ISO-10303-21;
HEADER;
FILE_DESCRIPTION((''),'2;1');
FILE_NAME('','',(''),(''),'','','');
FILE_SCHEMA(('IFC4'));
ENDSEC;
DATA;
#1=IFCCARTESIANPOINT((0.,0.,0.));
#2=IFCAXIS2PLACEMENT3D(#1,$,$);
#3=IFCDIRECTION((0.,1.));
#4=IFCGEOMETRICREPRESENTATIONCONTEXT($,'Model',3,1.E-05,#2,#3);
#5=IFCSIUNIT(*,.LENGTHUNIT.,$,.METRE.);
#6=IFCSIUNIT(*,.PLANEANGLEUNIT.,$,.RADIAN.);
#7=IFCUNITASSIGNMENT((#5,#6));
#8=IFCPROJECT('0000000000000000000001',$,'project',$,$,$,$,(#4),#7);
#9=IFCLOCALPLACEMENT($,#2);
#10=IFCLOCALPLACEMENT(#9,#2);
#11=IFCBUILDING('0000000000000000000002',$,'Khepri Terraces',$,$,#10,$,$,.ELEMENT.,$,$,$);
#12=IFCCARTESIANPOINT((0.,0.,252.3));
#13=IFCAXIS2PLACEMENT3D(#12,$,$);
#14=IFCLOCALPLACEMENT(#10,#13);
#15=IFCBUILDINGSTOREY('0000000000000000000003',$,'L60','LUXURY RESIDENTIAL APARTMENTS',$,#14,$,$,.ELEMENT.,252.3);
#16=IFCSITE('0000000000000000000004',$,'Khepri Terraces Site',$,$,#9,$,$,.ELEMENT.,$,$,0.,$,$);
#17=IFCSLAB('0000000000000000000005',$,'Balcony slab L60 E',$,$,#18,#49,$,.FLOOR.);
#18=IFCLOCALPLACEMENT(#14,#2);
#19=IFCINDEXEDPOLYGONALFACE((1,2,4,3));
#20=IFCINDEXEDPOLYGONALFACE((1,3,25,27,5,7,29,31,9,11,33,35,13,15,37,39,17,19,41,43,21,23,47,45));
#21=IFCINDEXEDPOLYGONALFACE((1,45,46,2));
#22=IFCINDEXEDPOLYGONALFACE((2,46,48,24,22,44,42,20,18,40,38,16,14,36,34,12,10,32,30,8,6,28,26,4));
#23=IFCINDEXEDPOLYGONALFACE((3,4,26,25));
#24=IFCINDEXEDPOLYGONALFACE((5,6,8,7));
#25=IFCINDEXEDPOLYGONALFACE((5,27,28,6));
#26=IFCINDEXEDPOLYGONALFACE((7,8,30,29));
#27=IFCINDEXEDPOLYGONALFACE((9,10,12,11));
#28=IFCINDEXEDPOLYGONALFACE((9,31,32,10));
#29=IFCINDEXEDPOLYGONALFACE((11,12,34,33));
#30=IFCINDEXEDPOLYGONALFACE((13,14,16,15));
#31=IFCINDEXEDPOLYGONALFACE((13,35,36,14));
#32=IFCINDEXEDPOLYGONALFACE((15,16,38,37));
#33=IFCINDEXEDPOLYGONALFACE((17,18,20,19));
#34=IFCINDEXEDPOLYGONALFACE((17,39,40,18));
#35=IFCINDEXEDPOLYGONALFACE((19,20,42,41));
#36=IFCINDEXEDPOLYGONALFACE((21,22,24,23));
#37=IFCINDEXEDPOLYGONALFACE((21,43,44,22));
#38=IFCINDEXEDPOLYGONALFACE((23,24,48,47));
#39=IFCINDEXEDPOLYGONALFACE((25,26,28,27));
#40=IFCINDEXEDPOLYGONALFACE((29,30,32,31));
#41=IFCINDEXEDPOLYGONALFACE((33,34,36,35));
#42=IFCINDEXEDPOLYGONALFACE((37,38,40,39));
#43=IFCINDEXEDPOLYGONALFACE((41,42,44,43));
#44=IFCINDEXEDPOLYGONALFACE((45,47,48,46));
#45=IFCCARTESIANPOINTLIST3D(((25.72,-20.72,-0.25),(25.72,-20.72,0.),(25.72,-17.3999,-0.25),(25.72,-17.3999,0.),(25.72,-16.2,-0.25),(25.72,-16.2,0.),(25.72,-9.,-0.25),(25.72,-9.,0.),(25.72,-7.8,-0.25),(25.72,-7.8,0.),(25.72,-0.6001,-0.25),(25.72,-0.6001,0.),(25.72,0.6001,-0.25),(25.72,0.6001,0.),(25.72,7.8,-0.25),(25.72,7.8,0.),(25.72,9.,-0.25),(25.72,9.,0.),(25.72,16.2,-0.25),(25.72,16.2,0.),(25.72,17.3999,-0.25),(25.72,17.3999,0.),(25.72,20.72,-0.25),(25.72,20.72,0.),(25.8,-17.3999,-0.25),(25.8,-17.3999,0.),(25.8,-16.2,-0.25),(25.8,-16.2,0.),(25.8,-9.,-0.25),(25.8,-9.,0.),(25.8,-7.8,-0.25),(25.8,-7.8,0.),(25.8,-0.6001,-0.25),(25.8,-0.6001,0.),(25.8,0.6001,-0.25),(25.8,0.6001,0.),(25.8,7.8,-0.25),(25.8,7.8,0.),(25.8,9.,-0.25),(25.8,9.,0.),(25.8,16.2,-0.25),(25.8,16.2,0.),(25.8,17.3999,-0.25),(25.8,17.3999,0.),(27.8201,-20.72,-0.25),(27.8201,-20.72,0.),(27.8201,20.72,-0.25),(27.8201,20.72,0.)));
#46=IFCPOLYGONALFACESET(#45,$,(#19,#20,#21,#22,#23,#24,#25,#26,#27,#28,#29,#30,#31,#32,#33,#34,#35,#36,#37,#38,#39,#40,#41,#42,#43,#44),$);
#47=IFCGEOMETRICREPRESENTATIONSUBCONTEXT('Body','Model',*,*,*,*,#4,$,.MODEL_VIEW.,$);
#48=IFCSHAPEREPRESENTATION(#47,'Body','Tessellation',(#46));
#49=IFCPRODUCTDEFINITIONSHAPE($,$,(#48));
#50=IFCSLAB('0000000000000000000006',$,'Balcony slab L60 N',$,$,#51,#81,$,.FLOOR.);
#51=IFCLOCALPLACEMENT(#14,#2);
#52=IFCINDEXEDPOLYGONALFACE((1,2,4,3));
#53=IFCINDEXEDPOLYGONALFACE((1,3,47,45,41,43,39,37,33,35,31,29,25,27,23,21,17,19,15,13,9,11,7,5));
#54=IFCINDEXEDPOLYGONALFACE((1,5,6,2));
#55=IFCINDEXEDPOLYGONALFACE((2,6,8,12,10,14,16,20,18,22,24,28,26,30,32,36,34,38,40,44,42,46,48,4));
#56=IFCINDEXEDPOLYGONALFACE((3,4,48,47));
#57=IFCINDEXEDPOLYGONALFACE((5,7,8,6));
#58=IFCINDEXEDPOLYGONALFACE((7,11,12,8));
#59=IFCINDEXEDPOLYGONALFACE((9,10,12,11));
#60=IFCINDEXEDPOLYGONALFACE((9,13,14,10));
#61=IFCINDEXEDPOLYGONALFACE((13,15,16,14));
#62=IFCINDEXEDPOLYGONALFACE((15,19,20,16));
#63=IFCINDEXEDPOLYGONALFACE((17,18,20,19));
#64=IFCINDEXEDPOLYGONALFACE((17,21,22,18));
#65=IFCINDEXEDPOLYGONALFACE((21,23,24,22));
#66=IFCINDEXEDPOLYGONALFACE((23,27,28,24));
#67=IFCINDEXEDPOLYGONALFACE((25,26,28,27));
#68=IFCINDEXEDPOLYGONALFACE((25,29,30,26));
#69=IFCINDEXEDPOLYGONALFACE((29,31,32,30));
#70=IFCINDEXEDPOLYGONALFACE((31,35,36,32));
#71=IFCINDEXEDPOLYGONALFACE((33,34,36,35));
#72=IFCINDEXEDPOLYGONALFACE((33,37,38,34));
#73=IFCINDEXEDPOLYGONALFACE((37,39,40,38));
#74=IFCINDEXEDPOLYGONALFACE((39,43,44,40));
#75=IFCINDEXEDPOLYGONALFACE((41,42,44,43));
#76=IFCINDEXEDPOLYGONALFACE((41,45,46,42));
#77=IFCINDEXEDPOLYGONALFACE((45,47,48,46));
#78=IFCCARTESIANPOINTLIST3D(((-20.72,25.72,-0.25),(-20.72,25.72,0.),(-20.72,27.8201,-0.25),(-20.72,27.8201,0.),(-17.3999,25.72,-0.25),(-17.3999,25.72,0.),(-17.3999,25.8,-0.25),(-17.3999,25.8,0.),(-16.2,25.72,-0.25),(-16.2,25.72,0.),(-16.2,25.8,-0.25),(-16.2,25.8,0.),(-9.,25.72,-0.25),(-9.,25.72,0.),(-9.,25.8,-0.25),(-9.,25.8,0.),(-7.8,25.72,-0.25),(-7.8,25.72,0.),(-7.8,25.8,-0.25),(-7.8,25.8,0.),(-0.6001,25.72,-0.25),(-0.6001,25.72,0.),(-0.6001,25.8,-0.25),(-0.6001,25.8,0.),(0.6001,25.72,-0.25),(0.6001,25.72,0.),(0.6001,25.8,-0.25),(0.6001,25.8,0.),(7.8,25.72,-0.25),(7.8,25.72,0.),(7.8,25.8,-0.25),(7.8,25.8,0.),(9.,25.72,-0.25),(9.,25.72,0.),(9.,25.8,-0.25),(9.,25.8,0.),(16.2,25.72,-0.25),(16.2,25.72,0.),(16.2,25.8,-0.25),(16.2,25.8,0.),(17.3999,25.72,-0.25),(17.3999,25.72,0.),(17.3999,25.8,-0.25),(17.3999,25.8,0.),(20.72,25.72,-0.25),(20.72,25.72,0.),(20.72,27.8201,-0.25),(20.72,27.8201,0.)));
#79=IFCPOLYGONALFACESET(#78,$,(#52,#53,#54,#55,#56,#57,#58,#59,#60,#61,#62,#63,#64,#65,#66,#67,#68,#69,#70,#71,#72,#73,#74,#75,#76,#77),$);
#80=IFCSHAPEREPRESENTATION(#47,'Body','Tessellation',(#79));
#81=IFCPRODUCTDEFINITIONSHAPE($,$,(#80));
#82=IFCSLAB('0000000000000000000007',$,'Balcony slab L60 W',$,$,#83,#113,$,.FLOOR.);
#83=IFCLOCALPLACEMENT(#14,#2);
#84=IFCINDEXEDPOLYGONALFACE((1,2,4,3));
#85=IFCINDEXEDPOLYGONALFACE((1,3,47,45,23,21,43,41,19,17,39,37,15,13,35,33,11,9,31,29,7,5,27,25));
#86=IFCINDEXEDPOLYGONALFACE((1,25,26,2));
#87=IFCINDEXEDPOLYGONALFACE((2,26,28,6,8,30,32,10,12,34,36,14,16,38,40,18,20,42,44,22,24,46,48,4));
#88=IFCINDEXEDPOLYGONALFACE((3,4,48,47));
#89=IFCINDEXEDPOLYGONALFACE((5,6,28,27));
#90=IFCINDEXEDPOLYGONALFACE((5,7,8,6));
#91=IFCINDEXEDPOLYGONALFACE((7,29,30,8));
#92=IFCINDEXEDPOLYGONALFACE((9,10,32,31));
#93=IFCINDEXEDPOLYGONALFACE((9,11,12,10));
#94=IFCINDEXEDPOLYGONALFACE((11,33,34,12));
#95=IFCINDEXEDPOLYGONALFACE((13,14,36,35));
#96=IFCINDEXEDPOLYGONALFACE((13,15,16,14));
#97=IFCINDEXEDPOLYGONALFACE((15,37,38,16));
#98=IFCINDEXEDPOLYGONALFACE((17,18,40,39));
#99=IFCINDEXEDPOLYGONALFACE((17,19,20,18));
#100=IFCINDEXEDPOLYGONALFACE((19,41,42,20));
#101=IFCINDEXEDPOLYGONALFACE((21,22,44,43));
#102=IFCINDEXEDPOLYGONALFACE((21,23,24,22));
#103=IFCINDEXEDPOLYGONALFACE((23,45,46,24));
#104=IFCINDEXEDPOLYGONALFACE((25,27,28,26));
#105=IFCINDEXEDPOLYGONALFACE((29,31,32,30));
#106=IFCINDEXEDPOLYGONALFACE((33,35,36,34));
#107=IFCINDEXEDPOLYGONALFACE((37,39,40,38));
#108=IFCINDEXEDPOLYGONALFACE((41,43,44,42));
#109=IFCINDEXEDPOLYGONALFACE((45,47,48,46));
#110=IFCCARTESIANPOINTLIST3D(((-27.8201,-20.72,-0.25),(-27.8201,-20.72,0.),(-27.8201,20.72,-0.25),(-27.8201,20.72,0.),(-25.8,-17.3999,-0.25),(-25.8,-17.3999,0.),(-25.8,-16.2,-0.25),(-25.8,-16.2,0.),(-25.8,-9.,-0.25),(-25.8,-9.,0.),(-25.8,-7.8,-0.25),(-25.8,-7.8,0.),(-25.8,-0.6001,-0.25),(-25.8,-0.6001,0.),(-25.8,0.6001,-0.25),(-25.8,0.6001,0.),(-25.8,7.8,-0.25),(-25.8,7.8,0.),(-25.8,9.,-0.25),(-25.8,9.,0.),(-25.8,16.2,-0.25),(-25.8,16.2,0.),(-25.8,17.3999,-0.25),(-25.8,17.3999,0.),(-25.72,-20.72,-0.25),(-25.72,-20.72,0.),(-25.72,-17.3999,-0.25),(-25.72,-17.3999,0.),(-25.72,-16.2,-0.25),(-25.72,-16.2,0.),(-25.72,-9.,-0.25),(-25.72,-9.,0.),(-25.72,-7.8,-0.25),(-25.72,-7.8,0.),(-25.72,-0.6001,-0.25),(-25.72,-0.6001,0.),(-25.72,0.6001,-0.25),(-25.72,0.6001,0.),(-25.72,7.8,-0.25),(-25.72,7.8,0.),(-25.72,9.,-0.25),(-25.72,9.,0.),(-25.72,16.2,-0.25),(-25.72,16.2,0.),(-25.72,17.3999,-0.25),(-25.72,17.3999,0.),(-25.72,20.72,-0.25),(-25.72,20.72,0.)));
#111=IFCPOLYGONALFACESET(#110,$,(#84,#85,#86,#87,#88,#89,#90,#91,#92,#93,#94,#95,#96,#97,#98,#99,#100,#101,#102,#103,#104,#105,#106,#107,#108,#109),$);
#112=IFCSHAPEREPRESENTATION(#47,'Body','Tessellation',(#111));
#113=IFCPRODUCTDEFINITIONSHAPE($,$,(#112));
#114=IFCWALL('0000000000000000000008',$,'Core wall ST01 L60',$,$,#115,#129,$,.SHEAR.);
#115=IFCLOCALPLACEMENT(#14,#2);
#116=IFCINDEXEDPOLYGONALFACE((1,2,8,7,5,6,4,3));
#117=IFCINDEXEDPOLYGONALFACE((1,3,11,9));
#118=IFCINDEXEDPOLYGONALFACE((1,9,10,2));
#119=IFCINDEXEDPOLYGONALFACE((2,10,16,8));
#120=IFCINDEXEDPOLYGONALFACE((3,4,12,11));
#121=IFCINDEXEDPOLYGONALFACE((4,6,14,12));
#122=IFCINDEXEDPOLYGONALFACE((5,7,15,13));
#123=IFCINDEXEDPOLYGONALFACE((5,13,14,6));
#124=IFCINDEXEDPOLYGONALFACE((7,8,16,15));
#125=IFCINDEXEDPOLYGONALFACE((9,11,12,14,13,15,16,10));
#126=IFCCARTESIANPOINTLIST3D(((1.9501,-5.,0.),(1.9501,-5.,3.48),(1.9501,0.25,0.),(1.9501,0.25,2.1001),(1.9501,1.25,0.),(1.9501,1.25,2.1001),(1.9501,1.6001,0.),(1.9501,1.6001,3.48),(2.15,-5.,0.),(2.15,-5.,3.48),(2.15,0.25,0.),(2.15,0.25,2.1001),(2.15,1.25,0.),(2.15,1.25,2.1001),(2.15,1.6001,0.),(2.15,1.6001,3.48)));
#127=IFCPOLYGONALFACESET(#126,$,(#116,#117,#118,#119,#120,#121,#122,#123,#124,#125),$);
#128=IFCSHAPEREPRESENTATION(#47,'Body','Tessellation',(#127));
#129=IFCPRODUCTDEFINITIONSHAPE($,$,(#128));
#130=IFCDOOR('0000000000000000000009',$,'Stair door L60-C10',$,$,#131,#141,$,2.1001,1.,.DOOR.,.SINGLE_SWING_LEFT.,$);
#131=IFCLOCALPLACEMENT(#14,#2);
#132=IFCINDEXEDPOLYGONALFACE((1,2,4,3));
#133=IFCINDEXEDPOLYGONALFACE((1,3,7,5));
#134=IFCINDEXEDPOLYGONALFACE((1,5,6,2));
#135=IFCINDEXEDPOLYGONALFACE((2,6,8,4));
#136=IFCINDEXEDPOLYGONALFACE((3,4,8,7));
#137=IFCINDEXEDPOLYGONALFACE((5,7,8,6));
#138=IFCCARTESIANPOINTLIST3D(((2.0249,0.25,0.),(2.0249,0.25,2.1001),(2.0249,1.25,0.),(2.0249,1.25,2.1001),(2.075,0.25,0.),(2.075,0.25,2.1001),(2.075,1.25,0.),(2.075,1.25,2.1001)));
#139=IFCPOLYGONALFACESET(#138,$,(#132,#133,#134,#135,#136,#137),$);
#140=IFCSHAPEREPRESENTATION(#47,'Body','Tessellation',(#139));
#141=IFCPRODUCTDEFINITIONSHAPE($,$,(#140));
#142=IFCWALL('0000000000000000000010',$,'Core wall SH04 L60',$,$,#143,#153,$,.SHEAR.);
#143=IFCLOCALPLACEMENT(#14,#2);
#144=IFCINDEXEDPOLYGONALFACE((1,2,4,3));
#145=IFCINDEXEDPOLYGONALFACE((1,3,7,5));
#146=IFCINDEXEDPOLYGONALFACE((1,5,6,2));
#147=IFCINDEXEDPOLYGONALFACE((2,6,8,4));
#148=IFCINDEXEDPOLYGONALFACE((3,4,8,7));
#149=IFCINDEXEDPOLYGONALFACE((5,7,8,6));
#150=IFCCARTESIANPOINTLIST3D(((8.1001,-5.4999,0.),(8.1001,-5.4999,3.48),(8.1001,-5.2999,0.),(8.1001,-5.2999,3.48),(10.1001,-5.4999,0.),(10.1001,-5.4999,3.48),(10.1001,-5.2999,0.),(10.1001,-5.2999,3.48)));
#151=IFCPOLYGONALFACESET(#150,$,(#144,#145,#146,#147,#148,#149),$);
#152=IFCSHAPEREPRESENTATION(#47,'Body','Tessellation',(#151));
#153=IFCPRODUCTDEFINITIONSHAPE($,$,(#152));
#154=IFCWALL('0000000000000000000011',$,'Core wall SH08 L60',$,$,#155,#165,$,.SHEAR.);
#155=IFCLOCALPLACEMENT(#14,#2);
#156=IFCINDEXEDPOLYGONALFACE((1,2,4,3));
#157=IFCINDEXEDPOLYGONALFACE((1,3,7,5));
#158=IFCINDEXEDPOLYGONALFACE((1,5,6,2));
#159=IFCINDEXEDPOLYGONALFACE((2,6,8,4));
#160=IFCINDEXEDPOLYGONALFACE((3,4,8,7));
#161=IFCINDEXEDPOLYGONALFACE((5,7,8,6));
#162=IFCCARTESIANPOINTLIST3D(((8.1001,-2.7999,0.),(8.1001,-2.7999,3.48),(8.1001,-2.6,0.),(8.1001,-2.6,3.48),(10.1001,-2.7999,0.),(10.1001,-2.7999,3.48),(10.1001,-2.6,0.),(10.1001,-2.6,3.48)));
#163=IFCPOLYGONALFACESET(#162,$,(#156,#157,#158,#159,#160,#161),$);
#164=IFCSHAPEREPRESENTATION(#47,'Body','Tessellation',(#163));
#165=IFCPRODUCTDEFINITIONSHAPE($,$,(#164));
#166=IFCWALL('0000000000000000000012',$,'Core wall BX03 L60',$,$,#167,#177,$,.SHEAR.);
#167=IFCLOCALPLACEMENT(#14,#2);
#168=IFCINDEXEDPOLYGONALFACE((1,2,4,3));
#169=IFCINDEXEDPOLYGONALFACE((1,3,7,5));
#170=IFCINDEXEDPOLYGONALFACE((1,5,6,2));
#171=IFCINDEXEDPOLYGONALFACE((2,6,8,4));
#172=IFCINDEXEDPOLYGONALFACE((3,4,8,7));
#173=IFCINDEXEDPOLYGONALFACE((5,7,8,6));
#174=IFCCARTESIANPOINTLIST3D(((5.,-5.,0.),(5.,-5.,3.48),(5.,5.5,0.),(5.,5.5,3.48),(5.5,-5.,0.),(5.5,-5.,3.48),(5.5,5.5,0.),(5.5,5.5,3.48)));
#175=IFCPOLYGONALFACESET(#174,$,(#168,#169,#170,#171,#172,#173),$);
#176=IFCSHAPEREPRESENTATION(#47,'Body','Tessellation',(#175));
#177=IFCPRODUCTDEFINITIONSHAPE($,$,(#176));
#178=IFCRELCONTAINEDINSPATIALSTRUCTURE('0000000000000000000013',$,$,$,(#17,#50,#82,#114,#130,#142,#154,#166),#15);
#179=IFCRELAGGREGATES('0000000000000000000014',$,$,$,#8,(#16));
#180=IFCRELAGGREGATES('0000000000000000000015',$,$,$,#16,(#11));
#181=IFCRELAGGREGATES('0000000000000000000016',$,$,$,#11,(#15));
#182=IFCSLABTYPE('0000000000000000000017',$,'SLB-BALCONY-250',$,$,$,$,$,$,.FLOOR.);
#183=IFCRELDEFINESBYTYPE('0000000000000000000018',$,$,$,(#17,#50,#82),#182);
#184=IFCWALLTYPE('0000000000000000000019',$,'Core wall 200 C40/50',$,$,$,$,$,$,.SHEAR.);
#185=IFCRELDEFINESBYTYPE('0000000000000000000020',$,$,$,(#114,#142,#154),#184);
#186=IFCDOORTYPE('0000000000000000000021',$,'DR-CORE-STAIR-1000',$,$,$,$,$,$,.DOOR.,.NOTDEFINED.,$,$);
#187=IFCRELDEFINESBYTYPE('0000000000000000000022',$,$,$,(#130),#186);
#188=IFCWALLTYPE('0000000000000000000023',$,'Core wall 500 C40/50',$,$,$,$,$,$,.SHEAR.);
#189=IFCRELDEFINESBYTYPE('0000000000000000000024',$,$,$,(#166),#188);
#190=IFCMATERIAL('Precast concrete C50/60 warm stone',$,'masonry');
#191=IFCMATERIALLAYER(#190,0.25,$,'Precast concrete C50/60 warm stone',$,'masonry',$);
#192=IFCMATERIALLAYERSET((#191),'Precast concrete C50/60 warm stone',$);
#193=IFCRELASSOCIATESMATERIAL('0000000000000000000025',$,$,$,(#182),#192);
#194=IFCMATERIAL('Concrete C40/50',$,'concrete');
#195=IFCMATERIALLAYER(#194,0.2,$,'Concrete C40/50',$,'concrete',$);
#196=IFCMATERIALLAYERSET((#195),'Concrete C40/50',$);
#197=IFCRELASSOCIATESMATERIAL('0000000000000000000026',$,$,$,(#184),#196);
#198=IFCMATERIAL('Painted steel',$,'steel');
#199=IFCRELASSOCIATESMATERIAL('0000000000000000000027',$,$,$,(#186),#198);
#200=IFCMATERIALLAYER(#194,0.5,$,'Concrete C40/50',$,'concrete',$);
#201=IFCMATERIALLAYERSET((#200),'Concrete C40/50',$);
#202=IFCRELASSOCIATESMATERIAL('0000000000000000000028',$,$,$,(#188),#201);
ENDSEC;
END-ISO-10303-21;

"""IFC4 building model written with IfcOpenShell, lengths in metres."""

from ifc_helpers import new_model, si_unit, direction, frame, frame_2d, origin, place, context, subcontext, project, spatial, polyline, rectangle, outline, extrude, material, layer, layer_set, type_object, element, fill, save


model = new_model("IFC4")

# Units and contexts
model_context = context("Model", 3, precision=1e-05, world=origin(), true_north=direction((0.0, 1.0)))
body_context = subcontext(model_context, "Body", "Model", "MODEL_VIEW")
ifc_project = project(units=[si_unit("LENGTHUNIT", "METRE"), si_unit("PLANEANGLEUNIT", "RADIAN")], contexts=[model_context])

# Site, building, storey
site_placement = place(None, origin())
site = spatial("IfcSite", under=ifc_project, at=site_placement, Name="Khepri Terraces Site", CompositionType="ELEMENT", RefElevation=0.0)
building_placement = place(site_placement, origin())
building = spatial("IfcBuilding", under=site, at=building_placement, Name="Khepri Terraces", CompositionType="ELEMENT")
storey_placement = place(building_placement, frame((0.0, 0.0, 252.3)))
storey = spatial("IfcBuildingStorey", under=building, at=storey_placement, Name="L60", Description="LUXURY RESIDENTIAL APARTMENTS", CompositionType="ELEMENT", Elevation=252.3)

# Slabs
ifc_material_1 = material(Name="Precast concrete C50/60 warm stone", Category="masonry")
ifc_layer_1 = layer(ifc_material_1, 0.25, Name="Precast concrete C50/60 warm stone", Category="masonry")
ifc_layer_set_1 = layer_set([ifc_layer_1], Name="Precast concrete C50/60 warm stone")
slab_type = type_object("IfcSlabType", Name="SLB-BALCONY-250", PredefinedType="FLOOR", material=ifc_layer_set_1)
slab_1_placement = place(storey_placement, frame((0.0, 0.0, -0.25)))
element("IfcSlab", 1, at=slab_1_placement, inside=storey, type_object=slab_type, Name="Balcony slab L60 E", PredefinedType="FLOOR", context=body_context, shape_type="SweptSolid", body=[
    extrude(outline(polyline([(25.72, -17.3999), (25.72, -20.72), (27.8201, -20.72), (27.8201, 20.72), (25.72, 20.72), (25.72, 17.3999), (25.8, 17.3999), (25.8, 16.2), (25.72, 16.2), (25.72, 9.0), (25.8, 9.0), (25.8, 7.8), (25.72, 7.8), (25.72, 0.6001), (25.8, 0.6001), (25.8, -0.6001), (25.72, -0.6001), (25.72, -7.8), (25.8, -7.8), (25.8, -9.0), (25.72, -9.0), (25.72, -16.2), (25.8, -16.2), (25.8, -17.3999), (25.72, -17.3999)])), origin(), (0.0, 0.0, 1.0), 0.25),
])
slab_2_placement = place(storey_placement, frame((0.0, 0.0, -0.25)))
element("IfcSlab", 2, at=slab_2_placement, inside=storey, type_object=slab_type, Name="Balcony slab L60 N", PredefinedType="FLOOR", context=body_context, shape_type="SweptSolid", body=[
    extrude(outline(polyline([(17.3999, 25.72), (20.72, 25.72), (20.72, 27.8201), (-20.72, 27.8201), (-20.72, 25.72), (-17.3999, 25.72), (-17.3999, 25.8), (-16.2, 25.8), (-16.2, 25.72), (-9.0, 25.72), (-9.0, 25.8), (-7.8, 25.8), (-7.8, 25.72), (-0.6001, 25.72), (-0.6001, 25.8), (0.6001, 25.8), (0.6001, 25.72), (7.8, 25.72), (7.8, 25.8), (9.0, 25.8), (9.0, 25.72), (16.2, 25.72), (16.2, 25.8), (17.3999, 25.8), (17.3999, 25.72)])), origin(), (0.0, 0.0, 1.0), 0.25),
])
slab_3_placement = place(storey_placement, frame((0.0, 0.0, -0.25)))
element("IfcSlab", 3, at=slab_3_placement, inside=storey, type_object=slab_type, Name="Balcony slab L60 W", PredefinedType="FLOOR", context=body_context, shape_type="SweptSolid", body=[
    extrude(outline(polyline([(-25.72, 17.3999), (-25.72, 20.72), (-27.8201, 20.72), (-27.8201, -20.72), (-25.72, -20.72), (-25.72, -17.3999), (-25.8, -17.3999), (-25.8, -16.2), (-25.72, -16.2), (-25.72, -9.0), (-25.8, -9.0), (-25.8, -7.8), (-25.72, -7.8), (-25.72, -0.6001), (-25.8, -0.6001), (-25.8, 0.6001), (-25.72, 0.6001), (-25.72, 7.8), (-25.8, 7.8), (-25.8, 9.0), (-25.72, 9.0), (-25.72, 16.2), (-25.8, 16.2), (-25.8, 17.3999), (-25.72, 17.3999)])), origin(), (0.0, 0.0, 1.0), 0.25),
])

# Wall, opening, door
ifc_material_2 = material(Name="Concrete C40/50", Category="concrete")
ifc_layer_2 = layer(ifc_material_2, 0.2, Name="Concrete C40/50", Category="concrete")
ifc_layer_set_2 = layer_set([ifc_layer_2], Name="Concrete C40/50")
wall_type_1 = type_object("IfcWallType", Name="Core wall 200 C40/50", PredefinedType="SHEAR", material=ifc_layer_set_2)
wall_1_placement = place(storey_placement, frame((2.05, -5.0, 0.0), z_axis=(0.0, 0.0, 1.0), x_axis=(0.0, 1.0, 0.0)))
wall_1 = element("IfcWall", 4, at=wall_1_placement, inside=storey, type_object=wall_type_1, Name="Core wall ST01 L60", PredefinedType="SHEAR", context=body_context, shape_type="SweptSolid", body=[
    extrude(rectangle(XDim=6.6001, YDim=0.2, at=frame_2d((3.3, 0.0))), origin(), (0.0, 0.0, 1.0), 3.48),
])
opening_1_placement = place(wall_1_placement, frame((5.25, 0.0, 0.0)))
opening_1 = element("IfcOpeningElement", 5, at=opening_1_placement, cuts=wall_1, PredefinedType="OPENING", context=body_context, shape_type="SweptSolid", body=[
    extrude(rectangle(XDim=1.0, YDim=2.1001, at=frame_2d((0.5, 1.05))), frame((0.0, 0.1099, 0.0), z_axis=(0.0, -1.0, 0.0), x_axis=(1.0, 0.0, 0.0)), (0.0, 0.0, 1.0), 0.22),
])
ifc_material_3 = material(Name="Painted steel", Category="steel")
door_type_1 = type_object("IfcDoorType", Name="DR-CORE-STAIR-1000", OperationType="NOTDEFINED", PredefinedType="DOOR", material=ifc_material_3)
door_1_placement = place(opening_1_placement, frame((1.0, 0.0, 0.0), z_axis=(0.0, 0.0, 1.0), x_axis=(-1.0, 0.0, 0.0)))
door_1 = element("IfcDoor", 6, at=door_1_placement, inside=storey, type_object=door_type_1, Name="Stair door L60-C10", OperationType="SINGLE_SWING_LEFT", OverallHeight=2.1001, OverallWidth=1.0, PredefinedType="DOOR", context=body_context, shape_type="SweptSolid", body=[
    extrude(rectangle(XDim=1.0, YDim=2.1001, at=frame_2d((0.5, 1.05))), frame((0.0, 0.0249, 0.0), z_axis=(0.0, -1.0, 0.0), x_axis=(1.0, 0.0, 0.0)), (0.0, 0.0, 1.0), 0.05),
])
fill(opening_1, door_1)

# Walls
for number, where, z_axis, x_axis, name in (
    (7, (8.1001, -5.3999, 0.0), (0.0, 0.0, 1.0), (1.0, 0.0, 0.0), "Core wall SH04 L60"),
    (8, (8.1001, -2.7, 0.0), (0.0, 0.0, 1.0), (1.0, 0.0, 0.0), "Core wall SH08 L60"),
):
    element("IfcWall", number, at=place(storey_placement, frame(where, z_axis=z_axis, x_axis=x_axis)), inside=storey, type_object=wall_type_1, Name=name, PredefinedType="SHEAR", context=body_context, shape_type="SweptSolid", body=[
        extrude(rectangle(XDim=2.0, YDim=0.2, at=frame_2d((1.0, 0.0))), origin(), (0.0, 0.0, 1.0), 3.48),
    ])
ifc_layer_3 = layer(ifc_material_2, 0.5, Name="Concrete C40/50", Category="concrete")
ifc_layer_set_3 = layer_set([ifc_layer_3], Name="Concrete C40/50")
wall_type_2 = type_object("IfcWallType", Name="Core wall 500 C40/50", PredefinedType="SHEAR", material=ifc_layer_set_3)
wall_2_placement = place(storey_placement, frame((5.25, -5.0, 0.0), z_axis=(0.0, 0.0, 1.0), x_axis=(0.0, 1.0, 0.0)))
element("IfcWall", 9, at=wall_2_placement, inside=storey, type_object=wall_type_2, Name="Core wall BX03 L60", PredefinedType="SHEAR", context=body_context, shape_type="SweptSolid", body=[
    extrude(rectangle(XDim=10.5, YDim=0.5, at=frame_2d((5.25, 0.0))), origin(), (0.0, 0.0, 1.0), 3.48),
])

save(model, "model.ifc")
